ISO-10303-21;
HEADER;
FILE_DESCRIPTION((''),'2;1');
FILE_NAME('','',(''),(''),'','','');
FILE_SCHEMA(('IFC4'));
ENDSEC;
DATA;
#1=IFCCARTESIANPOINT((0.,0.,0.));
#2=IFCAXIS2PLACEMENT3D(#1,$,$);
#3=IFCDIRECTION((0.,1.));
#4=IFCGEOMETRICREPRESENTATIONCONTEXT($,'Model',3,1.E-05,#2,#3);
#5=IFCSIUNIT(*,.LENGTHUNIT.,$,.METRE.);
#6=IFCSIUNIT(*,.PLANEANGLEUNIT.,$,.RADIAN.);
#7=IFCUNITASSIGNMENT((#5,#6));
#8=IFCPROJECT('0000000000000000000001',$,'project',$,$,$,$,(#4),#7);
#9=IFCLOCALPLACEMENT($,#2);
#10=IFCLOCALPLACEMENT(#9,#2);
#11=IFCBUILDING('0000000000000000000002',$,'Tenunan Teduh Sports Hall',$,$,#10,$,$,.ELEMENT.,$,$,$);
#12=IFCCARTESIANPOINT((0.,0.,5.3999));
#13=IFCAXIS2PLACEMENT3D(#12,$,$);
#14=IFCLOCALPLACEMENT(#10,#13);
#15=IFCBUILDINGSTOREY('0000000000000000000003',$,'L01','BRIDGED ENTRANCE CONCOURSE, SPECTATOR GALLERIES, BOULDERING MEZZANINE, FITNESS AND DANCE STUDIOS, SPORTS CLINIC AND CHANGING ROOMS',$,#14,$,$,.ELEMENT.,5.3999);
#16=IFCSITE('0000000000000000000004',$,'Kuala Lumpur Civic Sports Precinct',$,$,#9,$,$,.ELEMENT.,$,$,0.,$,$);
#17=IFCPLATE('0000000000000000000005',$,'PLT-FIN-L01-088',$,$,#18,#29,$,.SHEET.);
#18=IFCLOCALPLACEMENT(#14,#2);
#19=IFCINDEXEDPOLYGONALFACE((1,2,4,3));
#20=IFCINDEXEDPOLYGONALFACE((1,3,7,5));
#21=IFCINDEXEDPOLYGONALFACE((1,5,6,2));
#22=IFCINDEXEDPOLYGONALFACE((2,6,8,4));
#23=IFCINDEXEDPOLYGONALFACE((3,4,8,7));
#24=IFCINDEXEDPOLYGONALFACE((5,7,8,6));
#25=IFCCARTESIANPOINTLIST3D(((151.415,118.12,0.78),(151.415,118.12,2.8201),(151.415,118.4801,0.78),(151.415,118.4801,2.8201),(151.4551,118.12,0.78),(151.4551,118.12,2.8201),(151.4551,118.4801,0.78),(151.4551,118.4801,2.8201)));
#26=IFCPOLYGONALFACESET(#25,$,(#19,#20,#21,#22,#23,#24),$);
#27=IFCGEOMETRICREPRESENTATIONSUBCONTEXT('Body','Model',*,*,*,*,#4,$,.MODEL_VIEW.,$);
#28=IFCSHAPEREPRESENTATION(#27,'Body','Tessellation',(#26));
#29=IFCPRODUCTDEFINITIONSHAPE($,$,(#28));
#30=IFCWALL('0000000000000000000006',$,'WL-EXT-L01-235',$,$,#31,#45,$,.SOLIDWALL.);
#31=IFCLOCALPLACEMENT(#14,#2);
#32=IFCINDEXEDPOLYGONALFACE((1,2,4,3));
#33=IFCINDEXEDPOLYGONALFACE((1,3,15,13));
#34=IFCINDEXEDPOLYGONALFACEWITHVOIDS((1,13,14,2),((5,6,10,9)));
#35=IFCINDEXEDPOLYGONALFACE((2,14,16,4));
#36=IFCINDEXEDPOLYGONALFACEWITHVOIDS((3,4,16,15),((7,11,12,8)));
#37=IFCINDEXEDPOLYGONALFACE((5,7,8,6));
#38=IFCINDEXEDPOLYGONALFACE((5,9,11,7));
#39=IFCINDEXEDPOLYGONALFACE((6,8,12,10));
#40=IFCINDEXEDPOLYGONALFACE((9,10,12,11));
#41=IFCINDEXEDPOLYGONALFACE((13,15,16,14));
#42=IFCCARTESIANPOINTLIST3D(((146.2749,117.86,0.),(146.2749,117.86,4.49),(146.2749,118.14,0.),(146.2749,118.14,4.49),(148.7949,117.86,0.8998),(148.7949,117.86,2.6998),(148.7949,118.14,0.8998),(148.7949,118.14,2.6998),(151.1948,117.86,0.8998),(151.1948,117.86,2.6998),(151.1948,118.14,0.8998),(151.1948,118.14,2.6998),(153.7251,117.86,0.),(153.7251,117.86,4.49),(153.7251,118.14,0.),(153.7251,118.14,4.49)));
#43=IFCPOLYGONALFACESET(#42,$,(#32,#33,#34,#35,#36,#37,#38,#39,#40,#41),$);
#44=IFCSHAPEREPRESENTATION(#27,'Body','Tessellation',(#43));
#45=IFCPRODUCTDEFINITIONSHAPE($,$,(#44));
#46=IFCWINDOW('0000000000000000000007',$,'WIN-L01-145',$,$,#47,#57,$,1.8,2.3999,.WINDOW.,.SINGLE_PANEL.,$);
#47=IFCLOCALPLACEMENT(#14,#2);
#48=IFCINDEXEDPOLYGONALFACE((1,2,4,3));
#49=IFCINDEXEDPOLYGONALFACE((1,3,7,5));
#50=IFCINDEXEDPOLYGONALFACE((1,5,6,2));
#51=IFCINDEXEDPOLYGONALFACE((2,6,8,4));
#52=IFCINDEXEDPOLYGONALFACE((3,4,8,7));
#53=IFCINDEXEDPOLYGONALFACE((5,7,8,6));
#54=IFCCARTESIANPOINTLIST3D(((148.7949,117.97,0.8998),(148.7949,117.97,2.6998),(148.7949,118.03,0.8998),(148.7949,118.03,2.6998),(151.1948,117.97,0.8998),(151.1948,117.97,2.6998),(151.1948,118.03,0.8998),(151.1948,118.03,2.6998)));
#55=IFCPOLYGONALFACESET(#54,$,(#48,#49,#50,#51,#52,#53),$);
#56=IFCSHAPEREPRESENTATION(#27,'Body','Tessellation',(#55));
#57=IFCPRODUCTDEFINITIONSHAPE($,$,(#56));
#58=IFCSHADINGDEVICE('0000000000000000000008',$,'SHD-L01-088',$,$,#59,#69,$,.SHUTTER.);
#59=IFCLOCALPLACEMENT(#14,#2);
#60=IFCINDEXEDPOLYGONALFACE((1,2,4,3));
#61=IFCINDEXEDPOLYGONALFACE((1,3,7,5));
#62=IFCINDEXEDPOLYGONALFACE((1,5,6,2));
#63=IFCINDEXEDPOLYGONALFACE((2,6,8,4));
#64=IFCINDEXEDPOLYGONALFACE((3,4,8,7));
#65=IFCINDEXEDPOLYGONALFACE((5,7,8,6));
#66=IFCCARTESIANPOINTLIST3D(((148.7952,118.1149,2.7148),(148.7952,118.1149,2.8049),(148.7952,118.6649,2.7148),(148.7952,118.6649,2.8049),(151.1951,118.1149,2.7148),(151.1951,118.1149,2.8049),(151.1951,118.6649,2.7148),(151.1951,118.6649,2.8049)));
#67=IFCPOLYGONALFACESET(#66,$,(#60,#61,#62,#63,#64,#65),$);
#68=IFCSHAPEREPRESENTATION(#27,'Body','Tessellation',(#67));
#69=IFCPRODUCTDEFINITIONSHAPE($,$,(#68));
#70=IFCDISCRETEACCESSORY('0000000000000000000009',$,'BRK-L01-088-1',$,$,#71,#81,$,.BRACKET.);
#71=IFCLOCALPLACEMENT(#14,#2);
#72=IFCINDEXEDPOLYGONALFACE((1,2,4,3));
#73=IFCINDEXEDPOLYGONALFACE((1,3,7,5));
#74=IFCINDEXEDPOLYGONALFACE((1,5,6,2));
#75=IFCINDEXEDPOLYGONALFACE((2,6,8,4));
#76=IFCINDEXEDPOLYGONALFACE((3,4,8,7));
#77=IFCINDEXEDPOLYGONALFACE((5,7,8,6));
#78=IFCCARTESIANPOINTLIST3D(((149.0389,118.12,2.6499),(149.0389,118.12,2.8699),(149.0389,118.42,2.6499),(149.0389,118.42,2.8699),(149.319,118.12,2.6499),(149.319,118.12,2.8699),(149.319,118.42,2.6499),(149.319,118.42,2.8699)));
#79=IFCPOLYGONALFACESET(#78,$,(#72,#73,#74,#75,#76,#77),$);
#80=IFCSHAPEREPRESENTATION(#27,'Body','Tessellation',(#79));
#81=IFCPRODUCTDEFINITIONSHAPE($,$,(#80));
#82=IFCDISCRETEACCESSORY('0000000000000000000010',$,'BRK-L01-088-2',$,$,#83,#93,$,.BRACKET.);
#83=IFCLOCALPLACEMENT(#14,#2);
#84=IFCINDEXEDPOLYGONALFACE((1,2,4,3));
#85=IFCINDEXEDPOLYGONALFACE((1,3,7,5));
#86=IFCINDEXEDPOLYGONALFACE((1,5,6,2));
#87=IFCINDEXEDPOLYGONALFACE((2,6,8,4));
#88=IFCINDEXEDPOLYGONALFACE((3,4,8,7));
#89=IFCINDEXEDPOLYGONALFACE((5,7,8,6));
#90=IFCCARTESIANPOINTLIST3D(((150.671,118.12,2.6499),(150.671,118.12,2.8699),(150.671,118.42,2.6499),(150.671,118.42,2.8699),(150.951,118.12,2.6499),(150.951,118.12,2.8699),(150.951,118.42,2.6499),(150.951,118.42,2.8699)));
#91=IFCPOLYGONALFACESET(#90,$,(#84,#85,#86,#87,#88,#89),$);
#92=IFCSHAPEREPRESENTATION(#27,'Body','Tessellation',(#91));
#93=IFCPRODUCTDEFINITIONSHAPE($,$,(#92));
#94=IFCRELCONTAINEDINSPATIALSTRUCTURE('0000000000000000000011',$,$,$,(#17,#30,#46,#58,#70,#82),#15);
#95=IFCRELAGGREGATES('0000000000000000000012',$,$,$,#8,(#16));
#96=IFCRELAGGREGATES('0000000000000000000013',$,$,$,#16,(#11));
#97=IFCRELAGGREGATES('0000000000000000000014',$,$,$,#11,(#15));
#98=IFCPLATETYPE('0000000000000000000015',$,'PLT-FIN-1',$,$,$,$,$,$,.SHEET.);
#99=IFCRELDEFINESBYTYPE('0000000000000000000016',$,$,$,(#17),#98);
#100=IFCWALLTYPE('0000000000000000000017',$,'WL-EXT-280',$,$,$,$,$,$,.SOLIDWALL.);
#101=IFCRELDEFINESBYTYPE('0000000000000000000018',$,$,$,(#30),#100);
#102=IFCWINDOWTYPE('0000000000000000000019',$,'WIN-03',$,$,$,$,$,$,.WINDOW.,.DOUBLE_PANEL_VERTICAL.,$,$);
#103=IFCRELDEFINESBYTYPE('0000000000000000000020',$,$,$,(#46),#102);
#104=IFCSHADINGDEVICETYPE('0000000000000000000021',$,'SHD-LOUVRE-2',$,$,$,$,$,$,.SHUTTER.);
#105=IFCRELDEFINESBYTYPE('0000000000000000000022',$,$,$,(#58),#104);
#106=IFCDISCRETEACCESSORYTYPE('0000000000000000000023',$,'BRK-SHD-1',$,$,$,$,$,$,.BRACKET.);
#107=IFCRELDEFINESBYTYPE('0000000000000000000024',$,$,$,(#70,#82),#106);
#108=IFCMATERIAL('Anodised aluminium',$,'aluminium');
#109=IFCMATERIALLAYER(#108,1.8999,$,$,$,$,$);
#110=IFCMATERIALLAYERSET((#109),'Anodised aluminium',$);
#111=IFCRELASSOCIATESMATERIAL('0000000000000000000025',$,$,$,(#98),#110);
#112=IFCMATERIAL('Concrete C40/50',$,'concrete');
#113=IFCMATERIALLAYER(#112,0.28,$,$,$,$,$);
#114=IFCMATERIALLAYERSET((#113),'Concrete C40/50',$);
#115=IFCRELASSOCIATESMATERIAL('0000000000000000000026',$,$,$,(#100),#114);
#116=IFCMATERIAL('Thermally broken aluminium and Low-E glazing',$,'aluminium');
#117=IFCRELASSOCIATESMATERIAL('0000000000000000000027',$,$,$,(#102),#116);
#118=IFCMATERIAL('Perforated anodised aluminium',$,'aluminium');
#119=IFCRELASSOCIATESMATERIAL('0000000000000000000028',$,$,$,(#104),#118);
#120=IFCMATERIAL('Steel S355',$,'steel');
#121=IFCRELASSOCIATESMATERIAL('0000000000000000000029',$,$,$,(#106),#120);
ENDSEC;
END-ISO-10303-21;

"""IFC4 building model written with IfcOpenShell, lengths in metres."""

from ifc_helpers import new_model, si_unit, direction, frame, frame_2d, origin, origin_2d, place, context, subcontext, project, spatial, rectangle, extrude, material, layer, layer_set, type_object, element, fill, save


model = new_model("IFC4")

# Units and contexts
model_context = context("Model", 3, precision=1e-05, world=origin(), true_north=direction((0.0, 1.0)))
body_context = subcontext(model_context, "Body", "Model", "MODEL_VIEW")
ifc_project = project(units=[si_unit("LENGTHUNIT", "METRE"), si_unit("PLANEANGLEUNIT", "RADIAN")], contexts=[model_context])

# Site, building, storey
site_placement = place(None, origin())
site = spatial("IfcSite", under=ifc_project, at=site_placement, Name="Kuala Lumpur Civic Sports Precinct", CompositionType="ELEMENT", RefElevation=0.0)
building_placement = place(site_placement, origin())
building = spatial("IfcBuilding", under=site, at=building_placement, Name="Tenunan Teduh Sports Hall", CompositionType="ELEMENT")
storey_placement = place(building_placement, frame((0.0, 0.0, 5.3999)))
storey = spatial("IfcBuildingStorey", under=building, at=storey_placement, Name="L01", Description="BRIDGED ENTRANCE CONCOURSE, SPECTATOR GALLERIES, BOULDERING MEZZANINE, FITNESS AND DANCE STUDIOS, SPORTS CLINIC AND CHANGING ROOMS", CompositionType="ELEMENT", Elevation=5.3999)

# Plate
ifc_material_1 = material(Name="Anodised aluminium", Category="aluminium")
ifc_layer_1 = layer(ifc_material_1, 1.8999)
ifc_layer_set_1 = layer_set([ifc_layer_1], Name="Anodised aluminium")
plate_type_1 = type_object("IfcPlateType", Name="PLT-FIN-1", PredefinedType="SHEET", material=ifc_layer_set_1)
plate_1_placement = place(storey_placement, frame((151.4351, 118.3, 0.78), z_axis=(0.0, 0.0, 1.0), x_axis=(1.0, 0.0, 0.0)))
element("IfcPlate", 1, at=plate_1_placement, inside=storey, type_object=plate_type_1, Name="PLT-FIN-L01-088", PredefinedType="SHEET", context=body_context, shape_type="SweptSolid", body=[
    extrude(rectangle(XDim=0.04, YDim=0.3601, at=origin_2d()), origin(), (0.0, 0.0, 1.0), 2.04),
])

# Wall, opening, window
ifc_material_2 = material(Name="Concrete C40/50", Category="concrete")
ifc_layer_2 = layer(ifc_material_2, 0.28)
ifc_layer_set_2 = layer_set([ifc_layer_2], Name="Concrete C40/50")
wall_type = type_object("IfcWallType", Name="WL-EXT-280", PredefinedType="SOLIDWALL", material=ifc_layer_set_2)
wall_placement = place(storey_placement, frame((146.2749, 118.0, 0.0), z_axis=(0.0, 0.0, 1.0), x_axis=(1.0, 0.0, 0.0)))
wall = element("IfcWall", 2, at=wall_placement, inside=storey, type_object=wall_type, Name="WL-EXT-L01-235", PredefinedType="SOLIDWALL", context=body_context, shape_type="SweptSolid", body=[
    extrude(rectangle(XDim=7.4502, YDim=0.28, at=frame_2d((3.7251, 0.0))), origin(), (0.0, 0.0, 1.0), 4.49),
])
opening_placement = place(wall_placement, frame((2.52, 0.0, 0.8999)))
opening = element("IfcOpeningElement", 3, at=opening_placement, cuts=wall, PredefinedType="OPENING", context=body_context, shape_type="SweptSolid", body=[
    extrude(rectangle(XDim=2.3999, YDim=1.8, at=frame_2d((1.2, 0.8999))), frame((0.0, 0.1499, 0.0), z_axis=(0.0, -1.0, 0.0), x_axis=(1.0, 0.0, 0.0)), (0.0, 0.0, 1.0), 0.3),
])
ifc_material_3 = material(Name="Thermally broken aluminium and Low-E glazing", Category="aluminium")
window_type = type_object("IfcWindowType", Name="WIN-03", PartitioningType="DOUBLE_PANEL_VERTICAL", PredefinedType="WINDOW", material=ifc_material_3)
window_placement = place(opening_placement, origin())
window = element("IfcWindow", 4, at=window_placement, inside=storey, type_object=window_type, Name="WIN-L01-145", OverallHeight=1.8, OverallWidth=2.3999, PartitioningType="SINGLE_PANEL", PredefinedType="WINDOW", context=body_context, shape_type="SweptSolid", body=[
    extrude(rectangle(XDim=2.3999, YDim=1.8, at=frame_2d((1.2, 0.8999))), frame((0.0, 0.03, 0.0), z_axis=(0.0, -1.0, 0.0), x_axis=(1.0, 0.0, 0.0)), (0.0, 0.0, 1.0), 0.0601),
])
fill(opening, window)

# Shading device
ifc_material_4 = material(Name="Perforated anodised aluminium", Category="aluminium")
shading_device_type = type_object("IfcShadingDeviceType", Name="SHD-LOUVRE-2", PredefinedType="SHUTTER", material=ifc_material_4)
shading_device_placement = place(storey_placement, frame((149.9951, 118.3899, 2.7148), z_axis=(0.0, 0.0, 1.0), x_axis=(1.0, 0.0, 0.0)))
element("IfcShadingDevice", 5, at=shading_device_placement, inside=storey, type_object=shading_device_type, Name="SHD-L01-088", PredefinedType="SHUTTER", context=body_context, shape_type="SweptSolid", body=[
    extrude(rectangle(XDim=2.3999, YDim=0.55, at=origin_2d()), origin(), (0.0, 0.0, 1.0), 0.0901),
])

# Discrete accessories
ifc_material_5 = material(Name="Steel S355", Category="steel")
discrete_accessory_type = type_object("IfcDiscreteAccessoryType", Name="BRK-SHD-1", PredefinedType="BRACKET", material=ifc_material_5)
for number, where, z_axis, x_axis, name in (
    (6, (149.179, 118.27, 2.6499), (0.0, 0.0, 1.0), (1.0, 0.0, 0.0), "BRK-L01-088-1"),
    (7, (150.811, 118.27, 2.6499), (0.0, 0.0, 1.0), (1.0, 0.0, 0.0), "BRK-L01-088-2"),
):
    element("IfcDiscreteAccessory", number, at=place(storey_placement, frame(where, z_axis=z_axis, x_axis=x_axis)), inside=storey, type_object=discrete_accessory_type, Name=name, PredefinedType="BRACKET", context=body_context, shape_type="SweptSolid", body=[
        extrude(rectangle(XDim=0.28, YDim=0.3, at=origin_2d()), origin(), (0.0, 0.0, 1.0), 0.22),
    ])

save(model, "model.ifc")
